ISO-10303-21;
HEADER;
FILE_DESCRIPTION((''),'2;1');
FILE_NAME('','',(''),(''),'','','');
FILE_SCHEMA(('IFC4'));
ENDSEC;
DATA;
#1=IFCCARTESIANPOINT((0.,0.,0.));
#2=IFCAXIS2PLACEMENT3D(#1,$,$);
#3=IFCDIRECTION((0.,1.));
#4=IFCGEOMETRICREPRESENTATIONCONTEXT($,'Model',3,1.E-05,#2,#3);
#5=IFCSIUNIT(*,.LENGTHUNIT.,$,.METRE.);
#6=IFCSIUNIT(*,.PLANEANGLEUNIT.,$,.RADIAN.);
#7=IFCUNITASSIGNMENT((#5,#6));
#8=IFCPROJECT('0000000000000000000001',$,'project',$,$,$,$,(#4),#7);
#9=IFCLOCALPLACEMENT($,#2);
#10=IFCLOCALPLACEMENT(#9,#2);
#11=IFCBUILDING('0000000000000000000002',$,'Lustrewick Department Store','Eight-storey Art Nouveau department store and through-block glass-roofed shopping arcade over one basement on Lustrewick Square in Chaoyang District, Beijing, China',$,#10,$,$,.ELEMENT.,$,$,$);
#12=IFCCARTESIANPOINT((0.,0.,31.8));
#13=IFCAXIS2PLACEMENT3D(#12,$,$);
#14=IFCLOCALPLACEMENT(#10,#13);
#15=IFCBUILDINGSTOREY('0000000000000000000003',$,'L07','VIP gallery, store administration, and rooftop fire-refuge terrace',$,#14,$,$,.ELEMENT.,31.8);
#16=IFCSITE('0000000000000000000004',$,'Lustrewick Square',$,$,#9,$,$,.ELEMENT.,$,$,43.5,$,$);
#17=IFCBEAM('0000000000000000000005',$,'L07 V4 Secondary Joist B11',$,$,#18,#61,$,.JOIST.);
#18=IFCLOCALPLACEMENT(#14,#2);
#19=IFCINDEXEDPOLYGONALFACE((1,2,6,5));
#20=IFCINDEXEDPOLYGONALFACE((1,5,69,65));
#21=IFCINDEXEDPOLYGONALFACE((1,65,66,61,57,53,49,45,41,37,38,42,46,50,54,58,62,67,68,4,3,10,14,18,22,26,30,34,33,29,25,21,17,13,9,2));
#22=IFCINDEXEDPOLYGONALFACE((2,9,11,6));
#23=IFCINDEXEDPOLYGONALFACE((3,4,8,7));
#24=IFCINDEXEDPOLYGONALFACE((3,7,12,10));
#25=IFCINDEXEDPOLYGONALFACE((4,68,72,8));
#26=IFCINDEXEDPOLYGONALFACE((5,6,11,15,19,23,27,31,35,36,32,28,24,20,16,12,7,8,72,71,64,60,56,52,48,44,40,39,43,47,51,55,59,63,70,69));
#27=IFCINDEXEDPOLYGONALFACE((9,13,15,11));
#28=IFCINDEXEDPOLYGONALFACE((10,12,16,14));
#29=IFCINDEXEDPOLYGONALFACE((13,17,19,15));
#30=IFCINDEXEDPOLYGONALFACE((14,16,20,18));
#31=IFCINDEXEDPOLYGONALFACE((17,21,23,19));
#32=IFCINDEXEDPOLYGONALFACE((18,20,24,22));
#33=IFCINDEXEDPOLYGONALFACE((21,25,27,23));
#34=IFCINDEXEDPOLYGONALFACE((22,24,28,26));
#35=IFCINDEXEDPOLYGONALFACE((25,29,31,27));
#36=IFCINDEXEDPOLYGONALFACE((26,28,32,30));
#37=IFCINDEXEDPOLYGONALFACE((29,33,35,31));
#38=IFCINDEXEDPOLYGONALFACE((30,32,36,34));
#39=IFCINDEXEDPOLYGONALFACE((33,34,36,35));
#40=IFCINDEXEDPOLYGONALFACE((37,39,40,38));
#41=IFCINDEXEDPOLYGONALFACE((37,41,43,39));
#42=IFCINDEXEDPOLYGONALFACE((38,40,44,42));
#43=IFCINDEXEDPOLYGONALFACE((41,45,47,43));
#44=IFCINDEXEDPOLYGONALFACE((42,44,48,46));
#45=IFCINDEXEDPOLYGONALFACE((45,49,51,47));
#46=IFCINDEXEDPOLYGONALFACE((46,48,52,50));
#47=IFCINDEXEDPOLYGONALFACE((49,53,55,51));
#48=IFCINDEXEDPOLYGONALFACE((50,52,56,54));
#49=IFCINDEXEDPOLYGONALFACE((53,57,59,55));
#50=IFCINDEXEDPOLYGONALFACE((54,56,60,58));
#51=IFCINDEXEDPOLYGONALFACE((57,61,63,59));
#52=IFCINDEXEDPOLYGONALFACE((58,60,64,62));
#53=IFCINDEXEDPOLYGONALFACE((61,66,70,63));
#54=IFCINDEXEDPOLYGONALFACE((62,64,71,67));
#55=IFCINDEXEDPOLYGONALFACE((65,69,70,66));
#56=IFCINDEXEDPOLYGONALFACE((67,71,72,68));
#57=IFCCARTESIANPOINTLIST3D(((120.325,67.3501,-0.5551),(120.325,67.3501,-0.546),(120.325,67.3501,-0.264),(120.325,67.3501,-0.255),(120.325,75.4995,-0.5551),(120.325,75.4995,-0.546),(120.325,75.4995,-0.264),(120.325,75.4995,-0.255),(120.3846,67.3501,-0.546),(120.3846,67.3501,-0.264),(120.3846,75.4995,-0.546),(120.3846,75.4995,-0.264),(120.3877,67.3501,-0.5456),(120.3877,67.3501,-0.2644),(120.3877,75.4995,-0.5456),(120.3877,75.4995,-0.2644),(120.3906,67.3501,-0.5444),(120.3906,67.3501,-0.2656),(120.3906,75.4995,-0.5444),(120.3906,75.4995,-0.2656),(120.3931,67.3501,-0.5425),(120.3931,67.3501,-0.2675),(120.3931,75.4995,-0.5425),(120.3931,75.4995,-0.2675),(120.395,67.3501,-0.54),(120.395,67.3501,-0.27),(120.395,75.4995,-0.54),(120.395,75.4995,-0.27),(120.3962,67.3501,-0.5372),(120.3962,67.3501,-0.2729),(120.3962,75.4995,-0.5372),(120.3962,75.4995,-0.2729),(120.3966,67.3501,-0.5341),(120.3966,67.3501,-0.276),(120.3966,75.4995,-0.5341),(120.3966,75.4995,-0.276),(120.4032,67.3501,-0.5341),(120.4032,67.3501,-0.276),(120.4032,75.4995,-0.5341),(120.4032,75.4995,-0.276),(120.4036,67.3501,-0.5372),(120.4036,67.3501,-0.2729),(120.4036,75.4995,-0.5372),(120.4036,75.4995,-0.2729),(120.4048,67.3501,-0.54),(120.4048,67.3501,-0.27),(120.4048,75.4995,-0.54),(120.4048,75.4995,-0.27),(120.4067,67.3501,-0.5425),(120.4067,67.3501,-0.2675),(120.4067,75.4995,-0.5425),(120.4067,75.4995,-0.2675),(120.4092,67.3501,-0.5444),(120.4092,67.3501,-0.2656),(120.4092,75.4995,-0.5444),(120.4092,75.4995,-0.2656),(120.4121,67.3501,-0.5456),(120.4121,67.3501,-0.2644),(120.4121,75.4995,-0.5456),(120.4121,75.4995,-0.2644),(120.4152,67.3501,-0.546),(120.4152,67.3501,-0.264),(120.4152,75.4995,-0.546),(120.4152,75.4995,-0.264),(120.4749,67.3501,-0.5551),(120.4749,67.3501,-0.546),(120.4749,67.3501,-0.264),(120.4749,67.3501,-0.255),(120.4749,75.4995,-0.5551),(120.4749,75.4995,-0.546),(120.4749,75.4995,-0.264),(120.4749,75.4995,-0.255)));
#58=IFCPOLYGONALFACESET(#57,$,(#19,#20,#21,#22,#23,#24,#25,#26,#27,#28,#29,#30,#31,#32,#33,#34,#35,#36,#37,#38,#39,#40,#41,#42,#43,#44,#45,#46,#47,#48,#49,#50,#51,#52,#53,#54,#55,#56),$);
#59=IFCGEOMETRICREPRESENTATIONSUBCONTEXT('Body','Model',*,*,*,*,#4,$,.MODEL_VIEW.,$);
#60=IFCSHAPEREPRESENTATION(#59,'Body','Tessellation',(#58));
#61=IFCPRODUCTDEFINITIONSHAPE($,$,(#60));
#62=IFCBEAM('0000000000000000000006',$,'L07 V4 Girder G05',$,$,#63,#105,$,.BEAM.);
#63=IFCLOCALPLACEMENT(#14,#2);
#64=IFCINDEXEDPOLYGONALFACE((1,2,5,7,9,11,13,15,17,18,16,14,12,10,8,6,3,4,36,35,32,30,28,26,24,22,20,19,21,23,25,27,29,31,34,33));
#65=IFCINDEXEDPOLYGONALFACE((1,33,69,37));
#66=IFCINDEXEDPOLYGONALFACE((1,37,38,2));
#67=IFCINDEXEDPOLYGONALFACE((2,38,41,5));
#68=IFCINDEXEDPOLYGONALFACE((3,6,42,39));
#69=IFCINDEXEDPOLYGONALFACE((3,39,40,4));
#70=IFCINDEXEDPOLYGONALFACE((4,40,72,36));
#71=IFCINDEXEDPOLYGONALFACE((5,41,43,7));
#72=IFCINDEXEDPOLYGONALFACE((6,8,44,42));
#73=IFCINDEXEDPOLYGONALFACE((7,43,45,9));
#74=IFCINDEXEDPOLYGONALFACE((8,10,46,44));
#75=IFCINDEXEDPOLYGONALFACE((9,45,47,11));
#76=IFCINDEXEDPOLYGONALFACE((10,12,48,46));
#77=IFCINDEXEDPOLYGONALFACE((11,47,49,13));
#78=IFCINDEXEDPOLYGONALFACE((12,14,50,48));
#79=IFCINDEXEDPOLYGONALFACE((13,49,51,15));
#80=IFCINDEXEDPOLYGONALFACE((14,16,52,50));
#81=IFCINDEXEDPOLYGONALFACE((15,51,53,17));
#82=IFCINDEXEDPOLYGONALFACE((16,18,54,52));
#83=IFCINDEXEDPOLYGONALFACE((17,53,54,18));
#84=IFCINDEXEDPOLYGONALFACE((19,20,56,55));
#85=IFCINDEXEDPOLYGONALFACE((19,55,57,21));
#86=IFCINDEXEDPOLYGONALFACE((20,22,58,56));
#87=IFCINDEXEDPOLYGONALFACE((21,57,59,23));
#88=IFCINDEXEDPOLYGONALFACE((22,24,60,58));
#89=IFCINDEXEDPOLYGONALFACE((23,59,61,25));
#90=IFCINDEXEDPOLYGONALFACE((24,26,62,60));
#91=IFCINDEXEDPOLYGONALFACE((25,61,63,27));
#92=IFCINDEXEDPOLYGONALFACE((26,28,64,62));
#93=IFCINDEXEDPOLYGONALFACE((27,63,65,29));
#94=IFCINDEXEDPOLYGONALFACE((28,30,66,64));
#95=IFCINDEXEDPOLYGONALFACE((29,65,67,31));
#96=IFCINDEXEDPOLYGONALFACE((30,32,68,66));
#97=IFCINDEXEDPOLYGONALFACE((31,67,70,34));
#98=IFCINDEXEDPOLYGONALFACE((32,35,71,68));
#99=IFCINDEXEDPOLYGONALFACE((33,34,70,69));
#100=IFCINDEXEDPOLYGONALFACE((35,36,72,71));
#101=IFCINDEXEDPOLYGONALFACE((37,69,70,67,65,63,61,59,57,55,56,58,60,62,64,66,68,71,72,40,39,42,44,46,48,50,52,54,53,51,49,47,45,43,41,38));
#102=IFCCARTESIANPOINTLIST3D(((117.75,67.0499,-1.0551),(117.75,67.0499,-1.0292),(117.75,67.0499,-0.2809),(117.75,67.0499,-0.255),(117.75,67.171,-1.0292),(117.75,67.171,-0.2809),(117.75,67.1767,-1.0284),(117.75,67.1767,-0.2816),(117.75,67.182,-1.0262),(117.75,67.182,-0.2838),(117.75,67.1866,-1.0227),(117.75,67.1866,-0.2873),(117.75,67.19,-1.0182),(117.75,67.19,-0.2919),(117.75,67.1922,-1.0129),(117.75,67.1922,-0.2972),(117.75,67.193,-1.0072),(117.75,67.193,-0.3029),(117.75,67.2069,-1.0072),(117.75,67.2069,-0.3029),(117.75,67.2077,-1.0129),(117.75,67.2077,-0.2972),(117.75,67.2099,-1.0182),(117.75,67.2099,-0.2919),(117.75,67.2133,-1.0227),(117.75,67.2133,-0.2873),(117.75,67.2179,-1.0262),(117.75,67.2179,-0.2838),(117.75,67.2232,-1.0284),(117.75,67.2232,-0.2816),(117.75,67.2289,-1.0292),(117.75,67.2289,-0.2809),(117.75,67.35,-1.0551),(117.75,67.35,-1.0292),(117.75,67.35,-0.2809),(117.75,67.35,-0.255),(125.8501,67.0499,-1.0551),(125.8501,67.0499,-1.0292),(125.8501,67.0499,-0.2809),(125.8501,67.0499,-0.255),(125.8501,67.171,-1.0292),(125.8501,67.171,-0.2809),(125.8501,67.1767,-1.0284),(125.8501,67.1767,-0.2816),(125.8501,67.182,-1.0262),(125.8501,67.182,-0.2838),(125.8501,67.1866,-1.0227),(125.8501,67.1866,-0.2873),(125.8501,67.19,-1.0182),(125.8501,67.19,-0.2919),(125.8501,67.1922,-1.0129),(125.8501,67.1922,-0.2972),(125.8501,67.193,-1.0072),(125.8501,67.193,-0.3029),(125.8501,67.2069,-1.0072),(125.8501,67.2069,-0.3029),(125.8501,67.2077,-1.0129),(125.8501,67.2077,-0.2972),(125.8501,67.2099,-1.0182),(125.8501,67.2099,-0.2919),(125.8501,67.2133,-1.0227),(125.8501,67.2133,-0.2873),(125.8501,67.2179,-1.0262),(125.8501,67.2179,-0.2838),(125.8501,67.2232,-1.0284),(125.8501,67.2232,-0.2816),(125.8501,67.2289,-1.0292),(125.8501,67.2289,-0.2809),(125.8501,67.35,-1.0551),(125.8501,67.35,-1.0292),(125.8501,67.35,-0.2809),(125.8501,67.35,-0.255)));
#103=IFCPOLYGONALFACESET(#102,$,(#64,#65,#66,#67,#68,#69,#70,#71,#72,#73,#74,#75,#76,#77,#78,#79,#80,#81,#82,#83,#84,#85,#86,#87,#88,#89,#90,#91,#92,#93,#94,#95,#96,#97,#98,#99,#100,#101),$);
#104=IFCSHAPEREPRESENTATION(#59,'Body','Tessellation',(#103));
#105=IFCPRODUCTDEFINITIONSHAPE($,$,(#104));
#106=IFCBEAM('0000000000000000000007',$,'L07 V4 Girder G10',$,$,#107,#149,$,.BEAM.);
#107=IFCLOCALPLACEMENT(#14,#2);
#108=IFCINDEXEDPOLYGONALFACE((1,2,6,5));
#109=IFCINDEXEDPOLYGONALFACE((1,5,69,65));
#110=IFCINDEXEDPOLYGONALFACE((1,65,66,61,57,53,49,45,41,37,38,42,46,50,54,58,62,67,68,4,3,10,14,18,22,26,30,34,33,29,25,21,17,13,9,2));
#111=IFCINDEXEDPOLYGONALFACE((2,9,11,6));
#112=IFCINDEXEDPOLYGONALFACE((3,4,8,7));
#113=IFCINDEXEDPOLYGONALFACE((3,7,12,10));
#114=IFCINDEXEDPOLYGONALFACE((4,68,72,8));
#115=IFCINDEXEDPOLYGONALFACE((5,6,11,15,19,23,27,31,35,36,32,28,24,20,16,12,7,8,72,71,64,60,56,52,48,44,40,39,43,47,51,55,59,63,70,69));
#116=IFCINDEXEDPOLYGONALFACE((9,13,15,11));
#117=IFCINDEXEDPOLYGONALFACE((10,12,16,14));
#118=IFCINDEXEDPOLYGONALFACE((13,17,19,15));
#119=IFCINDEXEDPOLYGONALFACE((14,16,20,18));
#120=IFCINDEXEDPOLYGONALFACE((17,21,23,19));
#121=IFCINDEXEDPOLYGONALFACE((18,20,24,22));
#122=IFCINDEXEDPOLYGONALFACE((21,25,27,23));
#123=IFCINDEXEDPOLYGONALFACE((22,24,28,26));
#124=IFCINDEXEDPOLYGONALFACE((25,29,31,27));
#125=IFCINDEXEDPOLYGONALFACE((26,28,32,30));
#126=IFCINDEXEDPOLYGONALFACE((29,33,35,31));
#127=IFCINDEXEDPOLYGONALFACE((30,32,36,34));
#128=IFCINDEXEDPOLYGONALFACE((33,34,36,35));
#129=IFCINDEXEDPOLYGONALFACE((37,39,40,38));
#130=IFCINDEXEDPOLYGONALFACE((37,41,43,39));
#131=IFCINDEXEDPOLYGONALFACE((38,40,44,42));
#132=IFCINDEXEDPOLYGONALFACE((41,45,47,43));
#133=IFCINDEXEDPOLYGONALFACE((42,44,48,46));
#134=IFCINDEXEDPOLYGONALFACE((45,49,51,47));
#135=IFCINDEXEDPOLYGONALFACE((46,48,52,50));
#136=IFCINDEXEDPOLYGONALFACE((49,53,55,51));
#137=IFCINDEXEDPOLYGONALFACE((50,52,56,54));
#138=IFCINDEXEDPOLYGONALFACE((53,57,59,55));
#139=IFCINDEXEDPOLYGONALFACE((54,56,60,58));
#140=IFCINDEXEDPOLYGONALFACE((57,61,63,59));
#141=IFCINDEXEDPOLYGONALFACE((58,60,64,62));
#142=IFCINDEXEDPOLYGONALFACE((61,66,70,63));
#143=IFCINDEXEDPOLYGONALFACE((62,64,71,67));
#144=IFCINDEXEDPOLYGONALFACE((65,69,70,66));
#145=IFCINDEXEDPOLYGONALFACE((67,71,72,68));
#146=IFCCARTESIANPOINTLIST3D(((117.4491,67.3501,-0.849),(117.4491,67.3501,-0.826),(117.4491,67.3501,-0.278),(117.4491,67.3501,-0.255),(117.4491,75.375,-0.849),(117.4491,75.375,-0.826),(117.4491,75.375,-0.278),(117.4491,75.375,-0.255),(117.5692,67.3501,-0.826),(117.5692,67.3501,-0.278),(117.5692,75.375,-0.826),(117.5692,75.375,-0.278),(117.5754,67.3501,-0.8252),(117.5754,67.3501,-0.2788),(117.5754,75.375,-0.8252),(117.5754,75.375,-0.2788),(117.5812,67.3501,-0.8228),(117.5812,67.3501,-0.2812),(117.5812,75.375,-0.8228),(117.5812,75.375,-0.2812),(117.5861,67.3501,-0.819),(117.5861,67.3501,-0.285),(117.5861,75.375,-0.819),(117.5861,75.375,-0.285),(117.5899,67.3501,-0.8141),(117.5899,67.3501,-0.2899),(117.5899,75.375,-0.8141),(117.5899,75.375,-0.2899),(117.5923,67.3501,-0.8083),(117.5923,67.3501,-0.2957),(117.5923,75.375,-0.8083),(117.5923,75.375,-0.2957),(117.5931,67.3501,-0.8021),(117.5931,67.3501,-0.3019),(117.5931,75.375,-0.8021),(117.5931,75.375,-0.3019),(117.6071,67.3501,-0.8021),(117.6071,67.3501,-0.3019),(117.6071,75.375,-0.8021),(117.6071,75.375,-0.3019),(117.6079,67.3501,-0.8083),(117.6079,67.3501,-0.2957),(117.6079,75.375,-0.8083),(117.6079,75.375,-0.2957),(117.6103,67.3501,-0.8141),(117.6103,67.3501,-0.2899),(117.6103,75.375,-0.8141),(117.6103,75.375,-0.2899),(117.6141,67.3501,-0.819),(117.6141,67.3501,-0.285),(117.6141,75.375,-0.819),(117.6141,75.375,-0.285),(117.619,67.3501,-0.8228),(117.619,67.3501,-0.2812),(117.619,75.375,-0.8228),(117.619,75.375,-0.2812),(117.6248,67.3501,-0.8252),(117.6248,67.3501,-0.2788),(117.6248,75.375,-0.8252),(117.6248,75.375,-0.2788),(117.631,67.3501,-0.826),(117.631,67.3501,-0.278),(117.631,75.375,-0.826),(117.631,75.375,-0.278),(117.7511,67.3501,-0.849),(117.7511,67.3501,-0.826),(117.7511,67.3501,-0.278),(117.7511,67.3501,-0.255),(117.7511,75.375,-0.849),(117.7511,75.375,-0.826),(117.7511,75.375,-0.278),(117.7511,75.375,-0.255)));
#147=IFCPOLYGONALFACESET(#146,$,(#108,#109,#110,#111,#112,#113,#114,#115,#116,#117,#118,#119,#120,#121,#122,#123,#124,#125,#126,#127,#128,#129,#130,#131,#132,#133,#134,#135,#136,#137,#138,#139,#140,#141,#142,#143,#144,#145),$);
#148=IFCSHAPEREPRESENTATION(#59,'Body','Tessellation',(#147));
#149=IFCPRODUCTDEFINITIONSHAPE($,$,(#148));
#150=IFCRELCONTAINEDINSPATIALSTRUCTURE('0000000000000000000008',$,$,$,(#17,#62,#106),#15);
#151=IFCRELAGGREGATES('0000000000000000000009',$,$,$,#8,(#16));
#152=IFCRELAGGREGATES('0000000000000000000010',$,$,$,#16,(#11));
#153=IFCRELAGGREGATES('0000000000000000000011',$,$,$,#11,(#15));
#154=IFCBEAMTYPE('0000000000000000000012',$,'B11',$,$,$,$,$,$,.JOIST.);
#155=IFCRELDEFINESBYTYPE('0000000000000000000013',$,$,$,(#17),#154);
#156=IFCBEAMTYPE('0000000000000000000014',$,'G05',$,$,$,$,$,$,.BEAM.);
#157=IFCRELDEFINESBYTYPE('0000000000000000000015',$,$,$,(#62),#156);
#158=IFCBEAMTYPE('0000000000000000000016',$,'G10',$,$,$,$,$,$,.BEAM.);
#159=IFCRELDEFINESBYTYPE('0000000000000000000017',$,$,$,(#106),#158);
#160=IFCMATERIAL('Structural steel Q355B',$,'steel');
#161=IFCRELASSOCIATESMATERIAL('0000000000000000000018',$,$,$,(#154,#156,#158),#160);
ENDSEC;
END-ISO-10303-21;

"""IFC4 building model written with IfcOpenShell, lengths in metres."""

from ifc_helpers import new_model, si_unit, direction, frame, origin, origin_2d, place, context, subcontext, project, spatial, i_section, extrude, material, material_profile, profile_set, type_object, element, save


model = new_model("IFC4")

# Units and contexts
model_context = context("Model", 3, precision=1e-05, world=origin(), true_north=direction((0.0, 1.0)))
body_context = subcontext(model_context, "Body", "Model", "MODEL_VIEW")
ifc_project = project(units=[si_unit("LENGTHUNIT", "METRE"), si_unit("PLANEANGLEUNIT", "RADIAN")], contexts=[model_context])

# Site, building, storey
site_placement = place(None, origin())
site = spatial("IfcSite", under=ifc_project, at=site_placement, Name="Lustrewick Square", CompositionType="ELEMENT", RefElevation=43.5)
building_placement = place(site_placement, origin())
building = spatial("IfcBuilding", under=site, at=building_placement, Name="Lustrewick Department Store", Description="Eight-storey Art Nouveau department store and through-block glass-roofed shopping arcade over one basement on Lustrewick Square in Chaoyang District, Beijing, China", CompositionType="ELEMENT")
storey_placement = place(building_placement, frame((0.0, 0.0, 31.8)))
storey = spatial("IfcBuildingStorey", under=building, at=storey_placement, Name="L07", Description="VIP gallery, store administration, and rooftop fire-refuge terrace", CompositionType="ELEMENT", Elevation=31.8)

# Shared definitions
ifc_material_1 = material(Name="Structural steel Q355B", Category="steel")

# Beams
ifc_material_profile_1 = material_profile(ifc_material_1, i_section(OverallWidth=0.1499, OverallDepth=0.3, WebThickness=0.0066, FlangeThickness=0.009, FilletRadius=0.012, at=origin_2d()), Name="HN 300x150x6.5x9")
ifc_profile_set_1 = profile_set([ifc_material_profile_1], Name="Structural steel Q355B")
beam_type_1 = type_object("IfcBeamType", Name="B11", PredefinedType="JOIST", material=ifc_profile_set_1)
beam_1_placement = place(storey_placement, frame((120.3999, 67.3501, -0.405), z_axis=(0.0, 1.0, 0.0), x_axis=(-1.0, 0.0, 0.0)))
element("IfcBeam", 1, at=beam_1_placement, inside=storey, type_object=beam_type_1, Name="L07 V4 Secondary Joist B11", PredefinedType="JOIST", context=body_context, shape_type="SweptSolid", body=[
    extrude(i_section(OverallWidth=0.1499, OverallDepth=0.3, WebThickness=0.0066, FlangeThickness=0.009, FilletRadius=0.012, at=origin_2d()), origin(), (0.0, 0.0, 1.0), 8.1494),
])
ifc_material_profile_2 = material_profile(ifc_material_1, i_section(OverallWidth=0.3, OverallDepth=0.8, WebThickness=0.0139, FlangeThickness=0.0259, FilletRadius=0.022, at=origin_2d()), Name="HN 800x300x14x26")
ifc_profile_set_2 = profile_set([ifc_material_profile_2], Name="Structural steel Q355B")
beam_type_2 = type_object("IfcBeamType", Name="G05", PredefinedType="BEAM", material=ifc_profile_set_2)
beam_2_placement = place(storey_placement, frame((117.75, 67.2, -0.655), z_axis=(1.0, 0.0, 0.0), x_axis=(0.0, 1.0, 0.0)))
element("IfcBeam", 2, at=beam_2_placement, inside=storey, type_object=beam_type_2, Name="L07 V4 Girder G05", PredefinedType="BEAM", context=body_context, shape_type="SweptSolid", body=[
    extrude(i_section(OverallWidth=0.3, OverallDepth=0.8, WebThickness=0.0139, FlangeThickness=0.0259, FilletRadius=0.022, at=origin_2d()), origin(), (0.0, 0.0, 1.0), 8.1001),
])
ifc_material_profile_3 = material_profile(ifc_material_1, i_section(OverallWidth=0.302, OverallDepth=0.594, WebThickness=0.0139, FlangeThickness=0.0229, FilletRadius=0.0239, at=origin_2d()), Name="HM 594x302x14x23")
ifc_profile_set_3 = profile_set([ifc_material_profile_3], Name="Structural steel Q355B")
beam_type_3 = type_object("IfcBeamType", Name="G10", PredefinedType="BEAM", material=ifc_profile_set_3)
beam_3_placement = place(storey_placement, frame((117.6001, 67.3501, -0.552), z_axis=(0.0, 1.0, 0.0), x_axis=(-1.0, 0.0, 0.0)))
element("IfcBeam", 3, at=beam_3_placement, inside=storey, type_object=beam_type_3, Name="L07 V4 Girder G10", PredefinedType="BEAM", context=body_context, shape_type="SweptSolid", body=[
    extrude(i_section(OverallWidth=0.302, OverallDepth=0.594, WebThickness=0.0139, FlangeThickness=0.0229, FilletRadius=0.0239, at=origin_2d()), origin(), (0.0, 0.0, 1.0), 8.0249),
])

save(model, "model.ifc")
